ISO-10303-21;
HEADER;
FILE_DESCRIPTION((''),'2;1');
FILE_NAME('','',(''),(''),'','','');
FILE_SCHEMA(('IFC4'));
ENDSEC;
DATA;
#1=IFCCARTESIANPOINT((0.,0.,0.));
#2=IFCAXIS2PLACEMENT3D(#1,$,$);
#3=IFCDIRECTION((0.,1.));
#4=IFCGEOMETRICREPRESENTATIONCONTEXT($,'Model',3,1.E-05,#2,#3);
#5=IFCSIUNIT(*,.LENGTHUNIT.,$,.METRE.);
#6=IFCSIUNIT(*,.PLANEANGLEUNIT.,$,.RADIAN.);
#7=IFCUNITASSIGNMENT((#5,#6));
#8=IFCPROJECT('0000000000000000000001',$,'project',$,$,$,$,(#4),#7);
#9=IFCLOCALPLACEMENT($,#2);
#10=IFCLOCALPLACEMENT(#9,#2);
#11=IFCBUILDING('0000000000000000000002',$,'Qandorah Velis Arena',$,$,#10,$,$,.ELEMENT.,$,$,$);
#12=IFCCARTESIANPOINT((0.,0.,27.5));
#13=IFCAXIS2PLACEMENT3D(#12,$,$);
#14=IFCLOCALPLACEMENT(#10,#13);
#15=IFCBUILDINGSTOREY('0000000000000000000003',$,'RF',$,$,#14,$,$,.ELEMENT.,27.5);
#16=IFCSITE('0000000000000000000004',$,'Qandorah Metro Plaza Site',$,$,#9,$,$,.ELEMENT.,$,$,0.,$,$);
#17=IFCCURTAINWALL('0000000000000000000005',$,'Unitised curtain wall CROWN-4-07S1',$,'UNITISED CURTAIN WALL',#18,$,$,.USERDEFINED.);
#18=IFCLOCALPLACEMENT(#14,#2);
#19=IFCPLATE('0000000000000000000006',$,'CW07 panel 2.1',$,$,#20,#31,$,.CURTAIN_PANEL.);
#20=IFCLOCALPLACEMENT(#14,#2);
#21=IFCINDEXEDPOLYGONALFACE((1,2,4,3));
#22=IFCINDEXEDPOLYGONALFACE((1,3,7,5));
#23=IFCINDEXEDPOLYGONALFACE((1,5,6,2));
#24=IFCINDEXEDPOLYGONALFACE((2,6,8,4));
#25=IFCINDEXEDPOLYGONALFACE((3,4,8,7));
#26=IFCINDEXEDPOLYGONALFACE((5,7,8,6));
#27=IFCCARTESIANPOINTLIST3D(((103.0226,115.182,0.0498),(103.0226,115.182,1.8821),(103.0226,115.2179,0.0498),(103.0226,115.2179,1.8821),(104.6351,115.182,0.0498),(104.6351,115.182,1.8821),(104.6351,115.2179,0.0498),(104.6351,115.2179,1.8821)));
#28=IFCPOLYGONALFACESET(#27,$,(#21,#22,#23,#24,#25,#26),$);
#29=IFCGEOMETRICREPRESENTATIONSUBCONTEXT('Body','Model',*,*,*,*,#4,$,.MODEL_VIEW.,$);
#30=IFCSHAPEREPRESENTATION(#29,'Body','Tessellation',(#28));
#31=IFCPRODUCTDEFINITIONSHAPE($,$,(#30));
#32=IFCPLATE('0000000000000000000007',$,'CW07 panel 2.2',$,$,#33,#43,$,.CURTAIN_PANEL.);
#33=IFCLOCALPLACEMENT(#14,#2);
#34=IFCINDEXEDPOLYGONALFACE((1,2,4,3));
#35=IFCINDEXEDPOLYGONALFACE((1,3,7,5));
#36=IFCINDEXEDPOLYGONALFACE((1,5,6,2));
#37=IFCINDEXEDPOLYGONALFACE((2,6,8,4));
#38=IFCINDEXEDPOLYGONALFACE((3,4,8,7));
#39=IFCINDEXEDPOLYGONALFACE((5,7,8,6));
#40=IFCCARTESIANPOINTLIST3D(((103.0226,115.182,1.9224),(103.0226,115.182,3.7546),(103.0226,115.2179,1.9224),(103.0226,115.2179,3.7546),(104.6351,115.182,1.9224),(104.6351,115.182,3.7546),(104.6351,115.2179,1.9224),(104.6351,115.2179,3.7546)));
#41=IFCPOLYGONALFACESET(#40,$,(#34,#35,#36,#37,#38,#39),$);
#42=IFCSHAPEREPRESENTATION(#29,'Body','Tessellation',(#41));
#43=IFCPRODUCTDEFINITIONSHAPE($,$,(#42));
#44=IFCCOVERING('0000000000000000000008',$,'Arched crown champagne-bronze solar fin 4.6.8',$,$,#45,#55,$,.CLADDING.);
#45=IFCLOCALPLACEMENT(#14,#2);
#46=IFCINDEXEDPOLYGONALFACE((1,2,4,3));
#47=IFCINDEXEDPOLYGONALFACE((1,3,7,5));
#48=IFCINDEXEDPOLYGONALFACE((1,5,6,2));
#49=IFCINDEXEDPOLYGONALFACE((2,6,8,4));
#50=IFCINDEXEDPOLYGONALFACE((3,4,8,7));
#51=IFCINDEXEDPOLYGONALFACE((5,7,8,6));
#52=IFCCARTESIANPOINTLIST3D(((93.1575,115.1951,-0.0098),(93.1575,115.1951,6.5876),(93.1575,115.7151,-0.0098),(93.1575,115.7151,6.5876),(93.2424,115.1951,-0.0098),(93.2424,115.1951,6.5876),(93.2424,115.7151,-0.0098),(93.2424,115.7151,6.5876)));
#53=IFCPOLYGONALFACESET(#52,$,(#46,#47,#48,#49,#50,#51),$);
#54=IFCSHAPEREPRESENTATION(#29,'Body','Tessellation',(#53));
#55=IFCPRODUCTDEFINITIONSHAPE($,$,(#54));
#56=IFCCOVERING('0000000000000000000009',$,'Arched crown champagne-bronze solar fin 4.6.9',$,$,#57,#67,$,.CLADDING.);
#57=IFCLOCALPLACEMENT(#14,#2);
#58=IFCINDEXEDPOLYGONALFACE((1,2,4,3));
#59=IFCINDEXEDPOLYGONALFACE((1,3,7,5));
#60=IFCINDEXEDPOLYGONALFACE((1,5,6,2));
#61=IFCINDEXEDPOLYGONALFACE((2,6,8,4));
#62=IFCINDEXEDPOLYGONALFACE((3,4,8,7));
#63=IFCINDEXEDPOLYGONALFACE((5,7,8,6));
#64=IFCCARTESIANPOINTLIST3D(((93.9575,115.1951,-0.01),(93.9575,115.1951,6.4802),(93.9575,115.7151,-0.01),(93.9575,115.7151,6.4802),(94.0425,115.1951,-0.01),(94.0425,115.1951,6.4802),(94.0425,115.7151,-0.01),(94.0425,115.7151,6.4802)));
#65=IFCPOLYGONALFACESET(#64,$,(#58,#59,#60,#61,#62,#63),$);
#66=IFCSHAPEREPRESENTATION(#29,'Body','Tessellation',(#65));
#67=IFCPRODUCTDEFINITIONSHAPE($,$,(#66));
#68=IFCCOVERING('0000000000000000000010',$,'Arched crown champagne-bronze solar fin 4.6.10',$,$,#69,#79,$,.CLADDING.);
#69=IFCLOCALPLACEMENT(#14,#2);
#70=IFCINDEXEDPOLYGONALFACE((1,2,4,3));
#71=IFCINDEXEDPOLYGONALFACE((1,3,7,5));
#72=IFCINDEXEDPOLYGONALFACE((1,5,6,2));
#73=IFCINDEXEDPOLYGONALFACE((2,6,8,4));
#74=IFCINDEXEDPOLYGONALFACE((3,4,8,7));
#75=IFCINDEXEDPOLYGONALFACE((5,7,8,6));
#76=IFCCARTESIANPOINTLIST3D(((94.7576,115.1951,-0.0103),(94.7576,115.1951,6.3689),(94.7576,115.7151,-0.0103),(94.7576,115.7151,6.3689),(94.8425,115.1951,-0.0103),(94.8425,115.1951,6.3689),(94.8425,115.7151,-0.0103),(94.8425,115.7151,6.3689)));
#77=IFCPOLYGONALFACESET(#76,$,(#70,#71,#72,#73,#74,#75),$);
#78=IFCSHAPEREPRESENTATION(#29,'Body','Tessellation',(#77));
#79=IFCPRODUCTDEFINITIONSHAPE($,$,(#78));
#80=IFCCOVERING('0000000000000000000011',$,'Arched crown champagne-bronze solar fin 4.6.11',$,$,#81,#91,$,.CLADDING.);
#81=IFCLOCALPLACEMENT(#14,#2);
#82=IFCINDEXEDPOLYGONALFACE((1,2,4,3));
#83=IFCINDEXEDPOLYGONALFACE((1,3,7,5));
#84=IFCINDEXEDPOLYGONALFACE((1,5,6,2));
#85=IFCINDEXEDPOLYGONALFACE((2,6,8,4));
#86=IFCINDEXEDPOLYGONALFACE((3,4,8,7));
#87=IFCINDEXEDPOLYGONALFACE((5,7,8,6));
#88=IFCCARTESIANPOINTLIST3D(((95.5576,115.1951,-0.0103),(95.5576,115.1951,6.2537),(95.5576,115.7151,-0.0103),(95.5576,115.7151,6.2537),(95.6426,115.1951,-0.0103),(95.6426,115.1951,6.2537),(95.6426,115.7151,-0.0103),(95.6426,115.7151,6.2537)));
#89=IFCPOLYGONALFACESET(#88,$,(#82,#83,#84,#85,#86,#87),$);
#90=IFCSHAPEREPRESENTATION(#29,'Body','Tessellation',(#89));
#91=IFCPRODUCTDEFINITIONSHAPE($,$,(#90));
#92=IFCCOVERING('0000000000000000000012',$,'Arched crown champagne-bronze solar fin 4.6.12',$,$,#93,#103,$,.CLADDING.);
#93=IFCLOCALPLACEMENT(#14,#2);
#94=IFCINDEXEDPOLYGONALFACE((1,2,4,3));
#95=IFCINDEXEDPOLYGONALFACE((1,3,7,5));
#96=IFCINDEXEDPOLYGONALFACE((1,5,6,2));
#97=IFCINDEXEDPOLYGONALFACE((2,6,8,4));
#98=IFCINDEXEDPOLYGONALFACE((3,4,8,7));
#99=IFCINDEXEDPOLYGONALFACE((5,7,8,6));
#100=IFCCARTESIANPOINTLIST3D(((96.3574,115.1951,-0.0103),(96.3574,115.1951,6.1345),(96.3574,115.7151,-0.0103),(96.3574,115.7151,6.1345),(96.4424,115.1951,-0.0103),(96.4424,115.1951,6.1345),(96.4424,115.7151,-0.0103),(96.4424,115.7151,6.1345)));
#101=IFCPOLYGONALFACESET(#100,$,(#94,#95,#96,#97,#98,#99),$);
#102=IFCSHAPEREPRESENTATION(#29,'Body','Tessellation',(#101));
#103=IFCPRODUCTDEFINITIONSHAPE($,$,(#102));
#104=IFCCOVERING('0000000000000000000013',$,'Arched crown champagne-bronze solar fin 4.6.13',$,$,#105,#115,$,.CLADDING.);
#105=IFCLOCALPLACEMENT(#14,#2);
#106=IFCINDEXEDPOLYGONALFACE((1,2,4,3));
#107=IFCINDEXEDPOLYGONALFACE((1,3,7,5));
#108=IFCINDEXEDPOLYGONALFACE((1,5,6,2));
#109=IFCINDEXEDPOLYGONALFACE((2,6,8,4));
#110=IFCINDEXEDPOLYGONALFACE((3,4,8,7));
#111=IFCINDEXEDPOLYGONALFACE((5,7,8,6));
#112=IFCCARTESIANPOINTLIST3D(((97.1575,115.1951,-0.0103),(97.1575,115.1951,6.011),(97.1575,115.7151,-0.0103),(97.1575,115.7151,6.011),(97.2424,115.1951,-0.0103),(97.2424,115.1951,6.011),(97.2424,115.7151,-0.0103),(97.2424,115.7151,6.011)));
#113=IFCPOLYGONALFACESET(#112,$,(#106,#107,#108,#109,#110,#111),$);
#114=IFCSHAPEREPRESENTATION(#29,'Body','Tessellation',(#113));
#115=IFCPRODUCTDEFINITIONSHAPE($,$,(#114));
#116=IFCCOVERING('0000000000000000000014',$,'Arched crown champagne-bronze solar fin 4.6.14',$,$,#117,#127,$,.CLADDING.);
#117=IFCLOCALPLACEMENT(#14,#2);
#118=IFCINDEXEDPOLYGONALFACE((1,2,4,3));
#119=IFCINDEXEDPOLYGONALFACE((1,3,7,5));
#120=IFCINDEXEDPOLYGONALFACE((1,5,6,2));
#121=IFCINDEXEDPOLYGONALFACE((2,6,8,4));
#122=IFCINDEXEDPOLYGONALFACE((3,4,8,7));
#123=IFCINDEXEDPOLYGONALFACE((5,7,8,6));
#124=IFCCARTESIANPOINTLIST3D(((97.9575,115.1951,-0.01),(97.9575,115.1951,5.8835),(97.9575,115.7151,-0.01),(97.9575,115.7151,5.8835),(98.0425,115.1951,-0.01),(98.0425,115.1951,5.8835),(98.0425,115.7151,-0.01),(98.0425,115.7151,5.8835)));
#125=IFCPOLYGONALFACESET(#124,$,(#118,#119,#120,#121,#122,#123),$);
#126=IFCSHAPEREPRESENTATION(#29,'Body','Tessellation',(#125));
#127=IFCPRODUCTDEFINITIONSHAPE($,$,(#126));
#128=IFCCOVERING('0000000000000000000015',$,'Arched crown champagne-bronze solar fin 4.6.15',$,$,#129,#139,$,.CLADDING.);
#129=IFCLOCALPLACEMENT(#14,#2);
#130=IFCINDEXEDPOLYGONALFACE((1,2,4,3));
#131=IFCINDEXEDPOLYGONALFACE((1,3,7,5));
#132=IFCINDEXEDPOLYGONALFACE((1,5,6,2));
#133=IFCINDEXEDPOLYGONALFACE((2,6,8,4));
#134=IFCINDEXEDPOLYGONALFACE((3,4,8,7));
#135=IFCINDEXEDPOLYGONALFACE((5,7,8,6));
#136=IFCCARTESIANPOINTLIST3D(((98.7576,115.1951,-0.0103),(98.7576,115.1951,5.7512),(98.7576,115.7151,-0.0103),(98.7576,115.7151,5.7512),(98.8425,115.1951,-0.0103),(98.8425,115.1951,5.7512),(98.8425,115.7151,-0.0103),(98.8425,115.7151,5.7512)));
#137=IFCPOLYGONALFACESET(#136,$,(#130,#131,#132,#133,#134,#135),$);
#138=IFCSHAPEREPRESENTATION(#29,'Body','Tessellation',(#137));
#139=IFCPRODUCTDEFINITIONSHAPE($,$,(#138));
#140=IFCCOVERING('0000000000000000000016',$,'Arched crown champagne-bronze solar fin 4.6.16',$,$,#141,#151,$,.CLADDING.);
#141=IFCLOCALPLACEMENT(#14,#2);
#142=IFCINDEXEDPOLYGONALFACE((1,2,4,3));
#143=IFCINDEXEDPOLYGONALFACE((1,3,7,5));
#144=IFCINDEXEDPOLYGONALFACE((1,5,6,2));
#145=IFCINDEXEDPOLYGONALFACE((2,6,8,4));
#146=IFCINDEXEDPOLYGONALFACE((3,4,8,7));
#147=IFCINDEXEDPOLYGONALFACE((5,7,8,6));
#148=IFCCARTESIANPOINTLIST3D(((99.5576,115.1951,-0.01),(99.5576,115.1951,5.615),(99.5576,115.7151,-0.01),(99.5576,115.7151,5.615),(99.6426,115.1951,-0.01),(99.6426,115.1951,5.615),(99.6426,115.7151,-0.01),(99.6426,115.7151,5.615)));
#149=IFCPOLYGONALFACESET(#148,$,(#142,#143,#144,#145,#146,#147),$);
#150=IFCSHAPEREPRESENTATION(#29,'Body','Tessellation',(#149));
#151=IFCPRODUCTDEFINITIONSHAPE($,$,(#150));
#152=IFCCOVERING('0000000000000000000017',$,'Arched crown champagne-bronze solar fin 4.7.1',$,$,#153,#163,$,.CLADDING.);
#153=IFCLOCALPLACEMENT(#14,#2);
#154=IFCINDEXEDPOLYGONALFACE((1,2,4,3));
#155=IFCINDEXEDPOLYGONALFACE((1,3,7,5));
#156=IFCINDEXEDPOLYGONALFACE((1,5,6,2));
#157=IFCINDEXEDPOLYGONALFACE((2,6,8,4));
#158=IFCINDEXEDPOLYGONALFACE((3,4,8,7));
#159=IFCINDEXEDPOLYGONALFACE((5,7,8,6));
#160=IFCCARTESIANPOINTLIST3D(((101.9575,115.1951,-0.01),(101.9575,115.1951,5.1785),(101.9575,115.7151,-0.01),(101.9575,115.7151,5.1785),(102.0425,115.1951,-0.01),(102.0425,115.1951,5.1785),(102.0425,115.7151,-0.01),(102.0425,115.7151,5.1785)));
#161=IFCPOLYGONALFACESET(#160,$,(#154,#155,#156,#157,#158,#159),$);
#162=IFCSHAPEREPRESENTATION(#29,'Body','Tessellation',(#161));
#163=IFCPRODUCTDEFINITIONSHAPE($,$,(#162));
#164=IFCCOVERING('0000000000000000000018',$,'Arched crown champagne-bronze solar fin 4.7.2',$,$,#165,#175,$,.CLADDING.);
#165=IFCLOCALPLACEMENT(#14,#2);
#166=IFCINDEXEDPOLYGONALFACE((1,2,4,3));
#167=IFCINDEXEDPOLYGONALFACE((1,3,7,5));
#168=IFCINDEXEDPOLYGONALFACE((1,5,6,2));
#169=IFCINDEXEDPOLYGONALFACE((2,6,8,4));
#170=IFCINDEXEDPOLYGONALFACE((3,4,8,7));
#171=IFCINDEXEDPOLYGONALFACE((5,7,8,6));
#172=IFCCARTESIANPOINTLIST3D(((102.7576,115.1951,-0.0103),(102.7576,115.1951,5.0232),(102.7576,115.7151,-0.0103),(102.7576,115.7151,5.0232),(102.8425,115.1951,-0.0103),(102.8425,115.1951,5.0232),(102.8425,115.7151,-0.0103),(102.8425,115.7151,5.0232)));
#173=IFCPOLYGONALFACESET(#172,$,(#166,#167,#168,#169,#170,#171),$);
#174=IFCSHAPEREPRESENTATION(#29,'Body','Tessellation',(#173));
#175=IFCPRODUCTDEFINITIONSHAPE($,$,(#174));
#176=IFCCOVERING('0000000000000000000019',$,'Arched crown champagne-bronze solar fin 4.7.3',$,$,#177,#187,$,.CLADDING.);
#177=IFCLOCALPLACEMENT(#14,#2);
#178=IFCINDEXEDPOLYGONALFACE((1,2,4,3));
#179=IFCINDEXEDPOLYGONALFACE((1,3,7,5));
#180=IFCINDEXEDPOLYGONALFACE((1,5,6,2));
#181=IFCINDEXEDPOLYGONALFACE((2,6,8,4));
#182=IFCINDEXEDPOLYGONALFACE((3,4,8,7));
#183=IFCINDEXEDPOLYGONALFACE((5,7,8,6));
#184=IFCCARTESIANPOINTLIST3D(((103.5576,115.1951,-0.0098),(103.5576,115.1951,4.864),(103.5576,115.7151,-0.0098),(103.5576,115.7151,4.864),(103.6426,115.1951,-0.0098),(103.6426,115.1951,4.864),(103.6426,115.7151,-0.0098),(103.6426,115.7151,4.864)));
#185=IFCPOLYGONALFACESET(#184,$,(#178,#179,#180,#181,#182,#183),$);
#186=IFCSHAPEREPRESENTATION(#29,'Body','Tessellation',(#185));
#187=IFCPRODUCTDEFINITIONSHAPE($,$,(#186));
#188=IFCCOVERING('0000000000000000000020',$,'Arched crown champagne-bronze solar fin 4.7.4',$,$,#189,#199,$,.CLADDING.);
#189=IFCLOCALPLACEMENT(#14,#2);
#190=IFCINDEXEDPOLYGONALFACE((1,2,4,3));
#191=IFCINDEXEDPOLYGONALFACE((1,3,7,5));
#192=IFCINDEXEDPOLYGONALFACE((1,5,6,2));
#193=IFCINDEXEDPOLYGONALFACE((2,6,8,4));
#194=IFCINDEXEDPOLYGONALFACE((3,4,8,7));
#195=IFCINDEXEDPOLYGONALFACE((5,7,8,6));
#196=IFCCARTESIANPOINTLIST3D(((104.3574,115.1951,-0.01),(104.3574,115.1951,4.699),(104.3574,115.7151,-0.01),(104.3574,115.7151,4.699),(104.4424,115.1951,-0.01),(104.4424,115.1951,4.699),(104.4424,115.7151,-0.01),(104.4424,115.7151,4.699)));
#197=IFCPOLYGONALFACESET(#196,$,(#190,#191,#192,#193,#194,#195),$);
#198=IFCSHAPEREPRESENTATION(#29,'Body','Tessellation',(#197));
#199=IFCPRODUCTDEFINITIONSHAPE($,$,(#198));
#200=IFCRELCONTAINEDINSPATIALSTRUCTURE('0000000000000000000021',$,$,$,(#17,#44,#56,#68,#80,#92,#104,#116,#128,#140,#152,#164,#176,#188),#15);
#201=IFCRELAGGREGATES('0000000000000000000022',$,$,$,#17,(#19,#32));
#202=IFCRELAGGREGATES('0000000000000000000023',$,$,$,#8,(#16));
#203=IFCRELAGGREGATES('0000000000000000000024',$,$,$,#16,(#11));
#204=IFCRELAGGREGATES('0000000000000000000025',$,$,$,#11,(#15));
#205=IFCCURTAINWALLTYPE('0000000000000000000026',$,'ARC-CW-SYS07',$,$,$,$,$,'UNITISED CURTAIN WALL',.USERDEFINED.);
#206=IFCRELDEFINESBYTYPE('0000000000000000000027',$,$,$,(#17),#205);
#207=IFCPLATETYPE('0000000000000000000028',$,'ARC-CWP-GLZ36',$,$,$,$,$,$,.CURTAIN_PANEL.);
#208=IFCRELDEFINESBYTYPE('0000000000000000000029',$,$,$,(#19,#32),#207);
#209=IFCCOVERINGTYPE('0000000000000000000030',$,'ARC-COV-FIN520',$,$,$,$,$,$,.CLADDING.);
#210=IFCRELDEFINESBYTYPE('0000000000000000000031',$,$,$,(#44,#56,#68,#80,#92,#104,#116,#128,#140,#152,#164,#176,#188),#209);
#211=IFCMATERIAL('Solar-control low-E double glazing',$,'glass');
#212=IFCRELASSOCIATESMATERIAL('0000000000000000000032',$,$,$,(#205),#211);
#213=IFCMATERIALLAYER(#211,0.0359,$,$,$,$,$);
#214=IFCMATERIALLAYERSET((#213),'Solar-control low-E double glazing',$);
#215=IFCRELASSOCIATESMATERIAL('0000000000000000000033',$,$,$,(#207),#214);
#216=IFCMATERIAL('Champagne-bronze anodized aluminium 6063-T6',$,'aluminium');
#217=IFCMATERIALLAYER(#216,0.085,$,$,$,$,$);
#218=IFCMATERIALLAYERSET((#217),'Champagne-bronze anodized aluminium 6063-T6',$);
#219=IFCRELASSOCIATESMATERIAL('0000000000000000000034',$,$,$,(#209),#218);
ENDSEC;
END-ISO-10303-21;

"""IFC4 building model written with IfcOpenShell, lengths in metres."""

from ifc_helpers import new_model, si_unit, direction, frame, origin, origin_2d, place, context, subcontext, project, spatial, rectangle, extrude, material, layer, layer_set, type_object, element, aggregate, save


model = new_model("IFC4")

# Units and contexts
model_context = context("Model", 3, precision=1e-05, world=origin(), true_north=direction((0.0, 1.0)))
body_context = subcontext(model_context, "Body", "Model", "MODEL_VIEW")
ifc_project = project(units=[si_unit("LENGTHUNIT", "METRE"), si_unit("PLANEANGLEUNIT", "RADIAN")], contexts=[model_context])

# Site, building, storey
site_placement = place(None, origin())
site = spatial("IfcSite", under=ifc_project, at=site_placement, Name="Qandorah Metro Plaza Site", CompositionType="ELEMENT", RefElevation=0.0)
building_placement = place(site_placement, origin())
building = spatial("IfcBuilding", under=site, at=building_placement, Name="Qandorah Velis Arena", CompositionType="ELEMENT")
storey_placement = place(building_placement, frame((0.0, 0.0, 27.5)))
storey = spatial("IfcBuildingStorey", under=building, at=storey_placement, Name="RF", CompositionType="ELEMENT", Elevation=27.5)

# Curtain wall
ifc_material_1 = material(Name="Solar-control low-E double glazing", Category="glass")
curtain_wall_type = type_object("IfcCurtainWallType", Name="ARC-CW-SYS07", ElementType="UNITISED CURTAIN WALL", PredefinedType="USERDEFINED", material=ifc_material_1)
curtain_wall_placement = place(storey_placement, origin())
curtain_wall = element("IfcCurtainWall", 1, at=curtain_wall_placement, inside=storey, type_object=curtain_wall_type, Name="Unitised curtain wall CROWN-4-07S1", ObjectType="UNITISED CURTAIN WALL", PredefinedType="USERDEFINED")
ifc_material_2 = material(Name="Champagne-bronze anodized aluminium 6063-T6", Category="aluminium")

# Plates
ifc_layer_1 = layer(ifc_material_1, 0.0359)
ifc_layer_set_1 = layer_set([ifc_layer_1], Name="Solar-control low-E double glazing")
plate_type = type_object("IfcPlateType", Name="ARC-CWP-GLZ36", PredefinedType="CURTAIN_PANEL", material=ifc_layer_set_1)
plate_1_placement = place(storey_placement, frame((103.8289, 115.2, 0.0498), z_axis=(0.0, 0.0, 1.0), x_axis=(1.0, 0.0, 0.0)))
plate_1 = element("IfcPlate", 2, at=plate_1_placement, type_object=plate_type, Name="CW07 panel 2.1", PredefinedType="CURTAIN_PANEL", context=body_context, shape_type="SweptSolid", body=[
    extrude(rectangle(XDim=1.6125, YDim=0.0359, at=origin_2d()), origin(), (0.0, 0.0, 1.0), 1.8323),
])
plate_2_placement = place(storey_placement, frame((103.8289, 115.2, 1.9224), z_axis=(0.0, 0.0, 1.0), x_axis=(1.0, 0.0, 0.0)))
plate_2 = element("IfcPlate", 3, at=plate_2_placement, type_object=plate_type, Name="CW07 panel 2.2", PredefinedType="CURTAIN_PANEL", context=body_context, shape_type="SweptSolid", body=[
    extrude(rectangle(XDim=1.6125, YDim=0.0359, at=origin_2d()), origin(), (0.0, 0.0, 1.0), 1.8323),
])
aggregate(curtain_wall, [plate_1, plate_2])

# Coverings
ifc_layer_2 = layer(ifc_material_2, 0.085)
ifc_layer_set_2 = layer_set([ifc_layer_2], Name="Champagne-bronze anodized aluminium 6063-T6")
covering_type_1 = type_object("IfcCoveringType", Name="ARC-COV-FIN520", PredefinedType="CLADDING", material=ifc_layer_set_2)
covering_1_placement = place(storey_placement, frame((93.2, 115.4551, -0.0098), z_axis=(0.0, 0.0, 1.0), x_axis=(1.0, 0.0, 0.0)))
element("IfcCovering", 4, at=covering_1_placement, inside=storey, type_object=covering_type_1, Name="Arched crown champagne-bronze solar fin 4.6.8", PredefinedType="CLADDING", context=body_context, shape_type="SweptSolid", body=[
    extrude(rectangle(XDim=0.085, YDim=0.52, at=origin_2d()), origin(), (0.0, 0.0, 1.0), 6.5974),
])
covering_2_placement = place(storey_placement, frame((94.0, 115.4551, -0.01), z_axis=(0.0, 0.0, 1.0), x_axis=(1.0, 0.0, 0.0)))
element("IfcCovering", 5, at=covering_2_placement, inside=storey, type_object=covering_type_1, Name="Arched crown champagne-bronze solar fin 4.6.9", PredefinedType="CLADDING", context=body_context, shape_type="SweptSolid", body=[
    extrude(rectangle(XDim=0.085, YDim=0.52, at=origin_2d()), origin(), (0.0, 0.0, 1.0), 6.4902),
])
covering_3_placement = place(storey_placement, frame((94.8, 115.4551, -0.0103), z_axis=(0.0, 0.0, 1.0), x_axis=(1.0, 0.0, 0.0)))
element("IfcCovering", 6, at=covering_3_placement, inside=storey, type_object=covering_type_1, Name="Arched crown champagne-bronze solar fin 4.6.10", PredefinedType="CLADDING", context=body_context, shape_type="SweptSolid", body=[
    extrude(rectangle(XDim=0.085, YDim=0.52, at=origin_2d()), origin(), (0.0, 0.0, 1.0), 6.3792),
])
covering_4_placement = place(storey_placement, frame((95.6001, 115.4551, -0.0103), z_axis=(0.0, 0.0, 1.0), x_axis=(1.0, 0.0, 0.0)))
element("IfcCovering", 7, at=covering_4_placement, inside=storey, type_object=covering_type_1, Name="Arched crown champagne-bronze solar fin 4.6.11", PredefinedType="CLADDING", context=body_context, shape_type="SweptSolid", body=[
    extrude(rectangle(XDim=0.085, YDim=0.52, at=origin_2d()), origin(), (0.0, 0.0, 1.0), 6.2639),
])
covering_5_placement = place(storey_placement, frame((96.3999, 115.4551, -0.0103), z_axis=(0.0, 0.0, 1.0), x_axis=(1.0, 0.0, 0.0)))
element("IfcCovering", 8, at=covering_5_placement, inside=storey, type_object=covering_type_1, Name="Arched crown champagne-bronze solar fin 4.6.12", PredefinedType="CLADDING", context=body_context, shape_type="SweptSolid", body=[
    extrude(rectangle(XDim=0.085, YDim=0.52, at=origin_2d()), origin(), (0.0, 0.0, 1.0), 6.1448),
])
covering_6_placement = place(storey_placement, frame((97.2, 115.4551, -0.0103), z_axis=(0.0, 0.0, 1.0), x_axis=(1.0, 0.0, 0.0)))
element("IfcCovering", 9, at=covering_6_placement, inside=storey, type_object=covering_type_1, Name="Arched crown champagne-bronze solar fin 4.6.13", PredefinedType="CLADDING", context=body_context, shape_type="SweptSolid", body=[
    extrude(rectangle(XDim=0.085, YDim=0.52, at=origin_2d()), origin(), (0.0, 0.0, 1.0), 6.0212),
])
covering_7_placement = place(storey_placement, frame((98.0, 115.4551, -0.01), z_axis=(0.0, 0.0, 1.0), x_axis=(1.0, 0.0, 0.0)))
element("IfcCovering", 10, at=covering_7_placement, inside=storey, type_object=covering_type_1, Name="Arched crown champagne-bronze solar fin 4.6.14", PredefinedType="CLADDING", context=body_context, shape_type="SweptSolid", body=[
    extrude(rectangle(XDim=0.085, YDim=0.52, at=origin_2d()), origin(), (0.0, 0.0, 1.0), 5.8936),
])
covering_8_placement = place(storey_placement, frame((98.8, 115.4551, -0.0103), z_axis=(0.0, 0.0, 1.0), x_axis=(1.0, 0.0, 0.0)))
element("IfcCovering", 11, at=covering_8_placement, inside=storey, type_object=covering_type_1, Name="Arched crown champagne-bronze solar fin 4.6.15", PredefinedType="CLADDING", context=body_context, shape_type="SweptSolid", body=[
    extrude(rectangle(XDim=0.085, YDim=0.52, at=origin_2d()), origin(), (0.0, 0.0, 1.0), 5.7615),
])
covering_9_placement = place(storey_placement, frame((99.6001, 115.4551, -0.01), z_axis=(0.0, 0.0, 1.0), x_axis=(1.0, 0.0, 0.0)))
element("IfcCovering", 12, at=covering_9_placement, inside=storey, type_object=covering_type_1, Name="Arched crown champagne-bronze solar fin 4.6.16", PredefinedType="CLADDING", context=body_context, shape_type="SweptSolid", body=[
    extrude(rectangle(XDim=0.085, YDim=0.52, at=origin_2d()), origin(), (0.0, 0.0, 1.0), 5.625),
])
covering_10_placement = place(storey_placement, frame((102.0, 115.4551, -0.01), z_axis=(0.0, 0.0, 1.0), x_axis=(1.0, 0.0, 0.0)))
element("IfcCovering", 13, at=covering_10_placement, inside=storey, type_object=covering_type_1, Name="Arched crown champagne-bronze solar fin 4.7.1", PredefinedType="CLADDING", context=body_context, shape_type="SweptSolid", body=[
    extrude(rectangle(XDim=0.085, YDim=0.52, at=origin_2d()), origin(), (0.0, 0.0, 1.0), 5.1885),
])
covering_11_placement = place(storey_placement, frame((102.8, 115.4551, -0.0103), z_axis=(0.0, 0.0, 1.0), x_axis=(1.0, 0.0, 0.0)))
element("IfcCovering", 14, at=covering_11_placement, inside=storey, type_object=covering_type_1, Name="Arched crown champagne-bronze solar fin 4.7.2", PredefinedType="CLADDING", context=body_context, shape_type="SweptSolid", body=[
    extrude(rectangle(XDim=0.085, YDim=0.52, at=origin_2d()), origin(), (0.0, 0.0, 1.0), 5.0334),
])
covering_12_placement = place(storey_placement, frame((103.6001, 115.4551, -0.0098), z_axis=(0.0, 0.0, 1.0), x_axis=(1.0, 0.0, 0.0)))
element("IfcCovering", 15, at=covering_12_placement, inside=storey, type_object=covering_type_1, Name="Arched crown champagne-bronze solar fin 4.7.3", PredefinedType="CLADDING", context=body_context, shape_type="SweptSolid", body=[
    extrude(rectangle(XDim=0.085, YDim=0.52, at=origin_2d()), origin(), (0.0, 0.0, 1.0), 4.8738),
])
covering_13_placement = place(storey_placement, frame((104.3999, 115.4551, -0.01), z_axis=(0.0, 0.0, 1.0), x_axis=(1.0, 0.0, 0.0)))
element("IfcCovering", 16, at=covering_13_placement, inside=storey, type_object=covering_type_1, Name="Arched crown champagne-bronze solar fin 4.7.4", PredefinedType="CLADDING", context=body_context, shape_type="SweptSolid", body=[
    extrude(rectangle(XDim=0.085, YDim=0.52, at=origin_2d()), origin(), (0.0, 0.0, 1.0), 4.709),
])

save(model, "model.ifc")
